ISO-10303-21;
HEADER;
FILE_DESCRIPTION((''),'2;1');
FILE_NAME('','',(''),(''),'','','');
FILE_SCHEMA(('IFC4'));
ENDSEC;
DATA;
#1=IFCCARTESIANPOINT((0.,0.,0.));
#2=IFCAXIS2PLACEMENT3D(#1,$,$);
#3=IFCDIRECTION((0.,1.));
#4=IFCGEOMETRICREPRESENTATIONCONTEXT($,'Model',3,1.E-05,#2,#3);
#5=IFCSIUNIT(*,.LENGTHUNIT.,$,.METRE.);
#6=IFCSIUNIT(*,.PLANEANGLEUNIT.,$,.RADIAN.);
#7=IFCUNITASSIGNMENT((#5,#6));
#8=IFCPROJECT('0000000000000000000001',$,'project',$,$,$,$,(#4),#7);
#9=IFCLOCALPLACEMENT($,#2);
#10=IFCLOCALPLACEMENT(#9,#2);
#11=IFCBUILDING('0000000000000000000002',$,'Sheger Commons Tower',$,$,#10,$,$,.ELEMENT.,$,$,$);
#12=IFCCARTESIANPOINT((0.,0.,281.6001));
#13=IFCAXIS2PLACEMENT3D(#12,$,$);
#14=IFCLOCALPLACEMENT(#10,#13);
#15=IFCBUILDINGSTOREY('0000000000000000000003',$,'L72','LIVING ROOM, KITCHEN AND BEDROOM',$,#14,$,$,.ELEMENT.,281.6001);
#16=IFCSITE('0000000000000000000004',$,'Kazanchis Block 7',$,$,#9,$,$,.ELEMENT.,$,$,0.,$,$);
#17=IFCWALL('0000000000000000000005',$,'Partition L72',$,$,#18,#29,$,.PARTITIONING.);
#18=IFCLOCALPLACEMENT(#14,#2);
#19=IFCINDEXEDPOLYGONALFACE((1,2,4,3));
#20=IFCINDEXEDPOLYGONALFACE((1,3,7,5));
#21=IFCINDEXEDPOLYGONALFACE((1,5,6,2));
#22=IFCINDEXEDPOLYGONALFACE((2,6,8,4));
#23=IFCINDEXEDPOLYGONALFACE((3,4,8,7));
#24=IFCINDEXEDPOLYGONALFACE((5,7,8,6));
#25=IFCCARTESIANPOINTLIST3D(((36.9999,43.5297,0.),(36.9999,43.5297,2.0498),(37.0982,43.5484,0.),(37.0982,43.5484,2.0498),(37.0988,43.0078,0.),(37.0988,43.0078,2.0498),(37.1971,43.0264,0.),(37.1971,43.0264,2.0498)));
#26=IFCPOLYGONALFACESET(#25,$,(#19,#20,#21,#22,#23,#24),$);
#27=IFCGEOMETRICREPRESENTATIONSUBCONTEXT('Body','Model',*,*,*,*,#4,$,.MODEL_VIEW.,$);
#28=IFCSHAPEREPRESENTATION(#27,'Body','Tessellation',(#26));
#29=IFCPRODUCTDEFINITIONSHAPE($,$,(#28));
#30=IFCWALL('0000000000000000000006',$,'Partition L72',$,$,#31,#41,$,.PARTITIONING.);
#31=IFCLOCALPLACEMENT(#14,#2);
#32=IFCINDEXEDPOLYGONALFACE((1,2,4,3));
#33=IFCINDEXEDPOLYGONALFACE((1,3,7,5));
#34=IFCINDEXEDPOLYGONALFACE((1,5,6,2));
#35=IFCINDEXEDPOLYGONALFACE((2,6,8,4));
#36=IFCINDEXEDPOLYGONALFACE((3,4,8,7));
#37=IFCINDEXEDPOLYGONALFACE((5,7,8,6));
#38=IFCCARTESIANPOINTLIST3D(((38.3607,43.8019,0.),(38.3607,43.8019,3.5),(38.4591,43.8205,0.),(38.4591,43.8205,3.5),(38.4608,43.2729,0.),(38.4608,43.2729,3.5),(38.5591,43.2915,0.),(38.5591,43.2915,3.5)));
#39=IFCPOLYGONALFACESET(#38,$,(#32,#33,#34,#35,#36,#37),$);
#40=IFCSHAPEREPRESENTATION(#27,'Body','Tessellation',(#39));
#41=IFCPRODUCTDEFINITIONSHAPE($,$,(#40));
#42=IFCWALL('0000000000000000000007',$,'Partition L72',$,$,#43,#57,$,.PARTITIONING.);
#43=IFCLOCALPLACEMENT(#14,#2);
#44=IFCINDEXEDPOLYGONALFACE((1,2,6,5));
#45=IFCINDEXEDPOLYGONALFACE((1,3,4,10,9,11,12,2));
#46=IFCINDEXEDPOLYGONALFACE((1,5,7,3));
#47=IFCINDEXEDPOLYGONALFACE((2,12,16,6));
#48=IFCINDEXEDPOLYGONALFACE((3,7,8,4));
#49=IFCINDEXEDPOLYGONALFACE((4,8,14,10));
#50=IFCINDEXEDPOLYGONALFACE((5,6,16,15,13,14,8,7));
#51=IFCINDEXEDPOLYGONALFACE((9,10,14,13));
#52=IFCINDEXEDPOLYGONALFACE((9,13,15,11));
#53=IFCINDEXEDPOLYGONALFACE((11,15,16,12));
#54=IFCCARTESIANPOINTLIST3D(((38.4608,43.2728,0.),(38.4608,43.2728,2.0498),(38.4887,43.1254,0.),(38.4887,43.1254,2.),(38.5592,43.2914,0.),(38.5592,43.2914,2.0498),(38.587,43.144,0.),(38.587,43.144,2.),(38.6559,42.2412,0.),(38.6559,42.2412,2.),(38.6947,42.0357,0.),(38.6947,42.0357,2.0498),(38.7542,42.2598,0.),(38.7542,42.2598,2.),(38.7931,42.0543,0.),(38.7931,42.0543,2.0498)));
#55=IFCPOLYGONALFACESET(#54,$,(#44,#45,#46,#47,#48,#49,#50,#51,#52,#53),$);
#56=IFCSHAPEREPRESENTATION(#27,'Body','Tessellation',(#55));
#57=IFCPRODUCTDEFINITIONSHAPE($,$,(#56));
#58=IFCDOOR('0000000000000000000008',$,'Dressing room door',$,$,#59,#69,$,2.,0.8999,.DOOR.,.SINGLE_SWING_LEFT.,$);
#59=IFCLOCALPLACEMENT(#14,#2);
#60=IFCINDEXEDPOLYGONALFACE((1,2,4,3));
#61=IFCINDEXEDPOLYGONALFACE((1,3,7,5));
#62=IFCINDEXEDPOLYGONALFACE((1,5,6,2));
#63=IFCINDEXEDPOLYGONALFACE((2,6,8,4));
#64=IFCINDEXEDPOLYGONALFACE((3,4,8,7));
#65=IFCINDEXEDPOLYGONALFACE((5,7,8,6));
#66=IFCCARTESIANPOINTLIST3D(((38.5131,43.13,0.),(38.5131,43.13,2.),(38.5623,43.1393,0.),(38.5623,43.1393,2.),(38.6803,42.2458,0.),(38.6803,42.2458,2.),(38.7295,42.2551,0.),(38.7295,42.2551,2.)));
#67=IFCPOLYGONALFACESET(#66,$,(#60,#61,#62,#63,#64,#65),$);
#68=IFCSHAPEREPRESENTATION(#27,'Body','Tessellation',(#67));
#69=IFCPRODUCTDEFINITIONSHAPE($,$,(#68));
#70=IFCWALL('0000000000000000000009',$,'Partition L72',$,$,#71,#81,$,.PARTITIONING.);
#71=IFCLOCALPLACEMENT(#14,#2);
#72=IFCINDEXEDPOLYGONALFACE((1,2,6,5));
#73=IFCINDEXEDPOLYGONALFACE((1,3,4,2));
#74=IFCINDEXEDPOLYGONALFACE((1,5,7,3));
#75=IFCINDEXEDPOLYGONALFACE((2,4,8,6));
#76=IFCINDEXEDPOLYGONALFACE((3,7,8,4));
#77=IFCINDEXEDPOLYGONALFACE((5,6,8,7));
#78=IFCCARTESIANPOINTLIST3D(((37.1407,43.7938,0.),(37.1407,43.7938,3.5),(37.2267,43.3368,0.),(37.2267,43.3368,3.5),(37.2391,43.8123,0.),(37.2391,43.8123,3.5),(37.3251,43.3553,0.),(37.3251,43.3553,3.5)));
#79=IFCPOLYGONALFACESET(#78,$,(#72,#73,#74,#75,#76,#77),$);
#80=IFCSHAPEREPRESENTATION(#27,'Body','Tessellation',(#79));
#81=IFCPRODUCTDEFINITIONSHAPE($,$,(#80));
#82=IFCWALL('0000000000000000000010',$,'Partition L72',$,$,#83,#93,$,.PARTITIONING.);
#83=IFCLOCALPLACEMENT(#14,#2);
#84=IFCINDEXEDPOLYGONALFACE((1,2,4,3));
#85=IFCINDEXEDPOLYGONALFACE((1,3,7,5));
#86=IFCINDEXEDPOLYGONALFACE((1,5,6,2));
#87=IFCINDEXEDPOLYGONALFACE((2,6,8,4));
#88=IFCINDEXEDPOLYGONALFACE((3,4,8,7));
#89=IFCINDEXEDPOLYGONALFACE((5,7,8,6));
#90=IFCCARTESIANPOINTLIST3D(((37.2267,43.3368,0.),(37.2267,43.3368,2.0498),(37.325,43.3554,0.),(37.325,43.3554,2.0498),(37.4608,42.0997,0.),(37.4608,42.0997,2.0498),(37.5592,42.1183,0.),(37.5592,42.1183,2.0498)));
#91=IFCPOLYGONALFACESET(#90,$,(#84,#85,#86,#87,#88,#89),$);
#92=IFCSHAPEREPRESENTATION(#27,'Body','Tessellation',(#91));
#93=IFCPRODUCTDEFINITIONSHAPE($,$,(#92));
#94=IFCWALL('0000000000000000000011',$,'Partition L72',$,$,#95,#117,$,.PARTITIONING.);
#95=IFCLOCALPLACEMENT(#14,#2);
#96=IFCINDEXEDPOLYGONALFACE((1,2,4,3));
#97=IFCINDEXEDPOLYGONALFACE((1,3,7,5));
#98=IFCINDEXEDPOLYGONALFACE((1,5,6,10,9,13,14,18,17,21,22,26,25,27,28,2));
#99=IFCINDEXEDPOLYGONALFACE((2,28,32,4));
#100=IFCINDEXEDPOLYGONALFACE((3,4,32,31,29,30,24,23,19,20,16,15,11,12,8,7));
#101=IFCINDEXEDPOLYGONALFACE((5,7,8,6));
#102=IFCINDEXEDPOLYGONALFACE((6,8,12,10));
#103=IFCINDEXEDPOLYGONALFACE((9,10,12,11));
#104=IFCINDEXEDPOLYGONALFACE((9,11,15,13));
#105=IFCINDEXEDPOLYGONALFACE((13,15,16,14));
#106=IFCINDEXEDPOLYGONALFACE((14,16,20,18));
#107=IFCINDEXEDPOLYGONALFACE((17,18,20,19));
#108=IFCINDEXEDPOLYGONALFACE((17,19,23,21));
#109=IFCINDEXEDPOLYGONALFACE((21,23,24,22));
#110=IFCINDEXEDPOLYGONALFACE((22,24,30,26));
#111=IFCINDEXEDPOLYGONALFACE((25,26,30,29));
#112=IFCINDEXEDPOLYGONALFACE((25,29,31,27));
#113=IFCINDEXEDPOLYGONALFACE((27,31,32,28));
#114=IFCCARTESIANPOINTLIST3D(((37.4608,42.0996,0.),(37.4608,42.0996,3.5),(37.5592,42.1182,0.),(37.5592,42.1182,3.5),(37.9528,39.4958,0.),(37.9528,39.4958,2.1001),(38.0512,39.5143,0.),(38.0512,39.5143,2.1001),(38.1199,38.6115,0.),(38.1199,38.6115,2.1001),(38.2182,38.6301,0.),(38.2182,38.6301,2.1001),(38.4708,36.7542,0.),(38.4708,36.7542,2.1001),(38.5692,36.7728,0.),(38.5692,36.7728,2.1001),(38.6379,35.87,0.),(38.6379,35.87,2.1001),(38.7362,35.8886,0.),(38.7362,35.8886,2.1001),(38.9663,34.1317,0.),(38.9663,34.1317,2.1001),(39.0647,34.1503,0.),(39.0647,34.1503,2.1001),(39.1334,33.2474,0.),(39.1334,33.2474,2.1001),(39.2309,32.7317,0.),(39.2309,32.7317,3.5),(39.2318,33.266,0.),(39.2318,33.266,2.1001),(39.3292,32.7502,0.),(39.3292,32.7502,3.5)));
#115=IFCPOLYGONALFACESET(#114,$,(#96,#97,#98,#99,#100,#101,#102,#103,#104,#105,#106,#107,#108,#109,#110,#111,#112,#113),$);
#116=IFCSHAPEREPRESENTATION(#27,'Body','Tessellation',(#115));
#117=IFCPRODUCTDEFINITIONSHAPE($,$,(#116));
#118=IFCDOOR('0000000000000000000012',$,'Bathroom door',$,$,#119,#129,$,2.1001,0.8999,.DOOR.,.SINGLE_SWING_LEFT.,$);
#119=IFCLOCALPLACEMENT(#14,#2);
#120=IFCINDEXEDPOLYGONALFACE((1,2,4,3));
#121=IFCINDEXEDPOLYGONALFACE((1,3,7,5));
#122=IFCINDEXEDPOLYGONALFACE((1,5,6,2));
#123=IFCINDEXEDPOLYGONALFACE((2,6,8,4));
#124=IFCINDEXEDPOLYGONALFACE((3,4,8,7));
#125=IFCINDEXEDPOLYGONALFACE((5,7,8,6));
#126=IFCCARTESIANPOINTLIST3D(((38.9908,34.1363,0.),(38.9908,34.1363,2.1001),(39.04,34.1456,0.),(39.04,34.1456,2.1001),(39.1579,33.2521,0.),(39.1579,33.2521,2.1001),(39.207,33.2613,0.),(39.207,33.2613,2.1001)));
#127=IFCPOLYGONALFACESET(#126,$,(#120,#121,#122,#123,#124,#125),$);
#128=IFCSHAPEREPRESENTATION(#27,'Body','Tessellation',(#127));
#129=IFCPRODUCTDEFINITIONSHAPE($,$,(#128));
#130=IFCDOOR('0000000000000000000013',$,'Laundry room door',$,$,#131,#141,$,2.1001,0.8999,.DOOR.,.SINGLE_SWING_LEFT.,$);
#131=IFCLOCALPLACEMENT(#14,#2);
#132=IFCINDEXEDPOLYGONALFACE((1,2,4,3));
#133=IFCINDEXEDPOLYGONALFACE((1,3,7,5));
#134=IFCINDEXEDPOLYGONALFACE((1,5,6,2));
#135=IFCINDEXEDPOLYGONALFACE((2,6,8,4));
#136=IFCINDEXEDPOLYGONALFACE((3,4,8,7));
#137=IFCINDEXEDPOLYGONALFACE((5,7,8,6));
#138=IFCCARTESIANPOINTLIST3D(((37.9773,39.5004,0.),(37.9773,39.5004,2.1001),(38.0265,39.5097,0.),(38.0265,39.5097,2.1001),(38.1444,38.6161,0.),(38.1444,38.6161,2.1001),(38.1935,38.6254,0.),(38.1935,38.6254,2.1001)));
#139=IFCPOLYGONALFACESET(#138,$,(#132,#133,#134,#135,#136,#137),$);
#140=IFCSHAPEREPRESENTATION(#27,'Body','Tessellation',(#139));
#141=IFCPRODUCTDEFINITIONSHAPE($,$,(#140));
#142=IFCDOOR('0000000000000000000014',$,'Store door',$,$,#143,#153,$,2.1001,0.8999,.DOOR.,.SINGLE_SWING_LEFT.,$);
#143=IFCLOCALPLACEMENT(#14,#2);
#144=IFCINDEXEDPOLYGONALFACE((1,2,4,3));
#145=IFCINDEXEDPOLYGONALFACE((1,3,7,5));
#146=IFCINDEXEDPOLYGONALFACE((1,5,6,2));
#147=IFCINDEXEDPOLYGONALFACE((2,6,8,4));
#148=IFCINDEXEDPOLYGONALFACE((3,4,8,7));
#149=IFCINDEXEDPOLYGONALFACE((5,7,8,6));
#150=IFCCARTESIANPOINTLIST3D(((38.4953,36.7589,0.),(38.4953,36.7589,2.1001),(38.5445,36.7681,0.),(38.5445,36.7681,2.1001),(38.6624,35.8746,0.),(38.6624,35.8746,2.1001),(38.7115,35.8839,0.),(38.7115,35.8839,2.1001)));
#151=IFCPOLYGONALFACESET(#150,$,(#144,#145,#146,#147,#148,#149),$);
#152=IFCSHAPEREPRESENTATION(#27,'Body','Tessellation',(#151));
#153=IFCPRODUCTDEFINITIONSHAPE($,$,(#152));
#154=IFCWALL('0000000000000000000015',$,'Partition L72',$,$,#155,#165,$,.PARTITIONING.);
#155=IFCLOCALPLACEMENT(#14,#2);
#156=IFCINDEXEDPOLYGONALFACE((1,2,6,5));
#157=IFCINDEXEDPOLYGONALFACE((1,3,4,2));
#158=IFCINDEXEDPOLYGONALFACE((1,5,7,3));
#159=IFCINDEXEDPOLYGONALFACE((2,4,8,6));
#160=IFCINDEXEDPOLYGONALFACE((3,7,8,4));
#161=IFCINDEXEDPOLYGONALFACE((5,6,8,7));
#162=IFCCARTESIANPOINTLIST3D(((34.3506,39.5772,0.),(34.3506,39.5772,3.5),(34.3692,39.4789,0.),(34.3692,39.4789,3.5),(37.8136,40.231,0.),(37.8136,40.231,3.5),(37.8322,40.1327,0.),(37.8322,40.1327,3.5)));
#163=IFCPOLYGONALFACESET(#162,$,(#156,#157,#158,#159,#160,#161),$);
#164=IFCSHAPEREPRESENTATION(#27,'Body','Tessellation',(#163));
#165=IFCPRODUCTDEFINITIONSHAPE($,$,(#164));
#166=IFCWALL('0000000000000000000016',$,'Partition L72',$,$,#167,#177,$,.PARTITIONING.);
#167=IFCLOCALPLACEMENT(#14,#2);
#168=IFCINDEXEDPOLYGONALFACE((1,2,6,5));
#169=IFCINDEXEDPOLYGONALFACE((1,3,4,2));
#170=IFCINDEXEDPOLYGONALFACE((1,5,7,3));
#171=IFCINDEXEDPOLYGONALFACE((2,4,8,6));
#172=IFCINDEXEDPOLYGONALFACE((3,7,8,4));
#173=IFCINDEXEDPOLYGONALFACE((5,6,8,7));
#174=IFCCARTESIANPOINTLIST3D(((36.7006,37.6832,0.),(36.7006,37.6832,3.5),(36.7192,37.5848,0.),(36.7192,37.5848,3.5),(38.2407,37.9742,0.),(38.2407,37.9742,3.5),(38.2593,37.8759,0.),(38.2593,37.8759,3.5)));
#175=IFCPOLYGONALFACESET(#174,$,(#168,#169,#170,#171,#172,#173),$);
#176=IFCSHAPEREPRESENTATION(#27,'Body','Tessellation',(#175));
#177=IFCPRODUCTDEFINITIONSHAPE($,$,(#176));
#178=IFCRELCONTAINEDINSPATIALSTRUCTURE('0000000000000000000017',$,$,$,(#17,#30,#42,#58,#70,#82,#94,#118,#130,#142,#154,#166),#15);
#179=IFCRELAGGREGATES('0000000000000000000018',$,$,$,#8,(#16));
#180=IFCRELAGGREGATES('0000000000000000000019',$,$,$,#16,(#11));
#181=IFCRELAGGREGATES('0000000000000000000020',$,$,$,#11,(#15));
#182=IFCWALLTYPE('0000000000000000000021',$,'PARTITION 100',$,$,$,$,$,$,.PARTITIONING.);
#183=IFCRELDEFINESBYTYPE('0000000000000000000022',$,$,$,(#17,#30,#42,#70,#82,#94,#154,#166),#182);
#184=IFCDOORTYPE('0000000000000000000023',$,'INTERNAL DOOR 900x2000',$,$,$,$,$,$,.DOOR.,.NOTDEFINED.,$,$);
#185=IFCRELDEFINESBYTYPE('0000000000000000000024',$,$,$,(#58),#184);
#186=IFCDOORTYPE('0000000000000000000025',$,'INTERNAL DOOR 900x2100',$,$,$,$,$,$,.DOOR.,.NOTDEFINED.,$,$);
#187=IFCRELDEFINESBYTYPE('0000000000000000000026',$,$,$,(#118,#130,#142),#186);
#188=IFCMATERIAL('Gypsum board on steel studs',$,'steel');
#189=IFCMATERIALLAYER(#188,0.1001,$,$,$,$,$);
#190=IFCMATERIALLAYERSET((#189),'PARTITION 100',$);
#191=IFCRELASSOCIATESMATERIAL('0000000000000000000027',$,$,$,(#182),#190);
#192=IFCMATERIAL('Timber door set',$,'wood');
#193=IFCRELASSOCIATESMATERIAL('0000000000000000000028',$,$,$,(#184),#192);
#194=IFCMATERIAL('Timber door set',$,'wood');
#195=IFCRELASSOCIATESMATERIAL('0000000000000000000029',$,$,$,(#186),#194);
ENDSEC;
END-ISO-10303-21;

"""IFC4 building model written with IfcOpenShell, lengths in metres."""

from ifc_helpers import new_model, si_unit, direction, frame, frame_2d, origin, place, context, subcontext, project, spatial, rectangle, extrude, material, layer, layer_set, type_object, element, fill, save


model = new_model("IFC4")

# Units and contexts
model_context = context("Model", 3, precision=1e-05, world=origin(), true_north=direction((0.0, 1.0)))
body_context = subcontext(model_context, "Body", "Model", "MODEL_VIEW")
ifc_project = project(units=[si_unit("LENGTHUNIT", "METRE"), si_unit("PLANEANGLEUNIT", "RADIAN")], contexts=[model_context])

# Site, building, storey
site_placement = place(None, origin())
site = spatial("IfcSite", under=ifc_project, at=site_placement, Name="Kazanchis Block 7", CompositionType="ELEMENT", RefElevation=0.0)
building_placement = place(site_placement, origin())
building = spatial("IfcBuilding", under=site, at=building_placement, Name="Sheger Commons Tower", CompositionType="ELEMENT")
storey_placement = place(building_placement, frame((0.0, 0.0, 281.6001)))
storey = spatial("IfcBuildingStorey", under=building, at=storey_placement, Name="L72", Description="LIVING ROOM, KITCHEN AND BEDROOM", CompositionType="ELEMENT", Elevation=281.6001)

# Walls
ifc_material_1 = material(Name="Gypsum board on steel studs", Category="steel")
ifc_layer_1 = layer(ifc_material_1, 0.1001)
ifc_layer_set_1 = layer_set([ifc_layer_1], Name="PARTITION 100")
wall_type_1 = type_object("IfcWallType", Name="PARTITION 100", PredefinedType="PARTITIONING", material=ifc_layer_set_1)
wall_1_placement = place(storey_placement, frame((37.0491, 43.5391, 0.0), z_axis=(0.0, 0.0, 1.0), x_axis=(0.186119, -0.982527, 0.0)))
element("IfcWall", 1, at=wall_1_placement, inside=storey, type_object=wall_type_1, Name="Partition L72", PredefinedType="PARTITIONING", context=body_context, shape_type="SweptSolid", body=[
    extrude(rectangle(XDim=0.5312, YDim=0.1001, at=frame_2d((0.2656, 0.0))), origin(), (0.0, 0.0, 1.0), 2.0498),
])
wall_2_placement = place(storey_placement, frame((38.4099, 43.811, 0.0), z_axis=(0.0, 0.0, 1.0), x_axis=(0.185903, -0.982568, 0.0)))
element("IfcWall", 2, at=wall_2_placement, inside=storey, type_object=wall_type_1, Name="Partition L72", PredefinedType="PARTITIONING", context=body_context, shape_type="SweptSolid", body=[
    extrude(rectangle(XDim=0.5383, YDim=0.1001, at=frame_2d((0.269, 0.0))), origin(), (0.0, 0.0, 1.0), 3.5),
])

# Wall, opening, door
wall_3_placement = place(storey_placement, frame((38.51, 43.282, 0.0), z_axis=(0.0, 0.0, 1.0), x_axis=(0.185775, -0.982592, 0.0)))
wall_3 = element("IfcWall", 3, at=wall_3_placement, inside=storey, type_object=wall_type_1, Name="Partition L72", PredefinedType="PARTITIONING", context=body_context, shape_type="SweptSolid", body=[
    extrude(rectangle(XDim=1.259, YDim=0.1001, at=frame_2d((0.6294, 0.0))), origin(), (0.0, 0.0, 1.0), 2.0498),
])
opening_1_placement = place(wall_3_placement, frame((0.1499, 0.0, 0.0)))
opening_1 = element("IfcOpeningElement", 4, at=opening_1_placement, cuts=wall_3, PredefinedType="OPENING", context=body_context, shape_type="SweptSolid", body=[
    extrude(rectangle(XDim=0.8999, YDim=2.0, at=frame_2d((0.45, 1.0))), frame((0.0, 0.0601, 0.0), z_axis=(0.0, -1.0, 0.0), x_axis=(1.0, 0.0, 0.0)), (0.0, 0.0, 1.0), 0.1201),
])
ifc_material_2 = material(Name="Timber door set", Category="wood")
door_type_1 = type_object("IfcDoorType", Name="INTERNAL DOOR 900x2000", OperationType="NOTDEFINED", PredefinedType="DOOR", material=ifc_material_2)
door_1_placement = place(opening_1_placement, origin())
door_1 = element("IfcDoor", 5, at=door_1_placement, inside=storey, type_object=door_type_1, Name="Dressing room door", OperationType="SINGLE_SWING_LEFT", OverallHeight=2.0, OverallWidth=0.8999, PredefinedType="DOOR", context=body_context, shape_type="SweptSolid", body=[
    extrude(rectangle(XDim=0.8999, YDim=2.0, at=frame_2d((0.45, 1.0))), frame((0.0, 0.0249, 0.0), z_axis=(0.0, -1.0, 0.0), x_axis=(1.0, 0.0, 0.0)), (0.0, 0.0, 1.0), 0.05),
])
fill(opening_1, door_1)

# Walls
wall_4_placement = place(storey_placement, frame((37.1899, 43.803, 0.0), z_axis=(0.0, 0.0, 1.0), x_axis=(0.184796, -0.982777, 0.0)))
element("IfcWall", 6, at=wall_4_placement, inside=storey, type_object=wall_type_1, Name="Partition L72", PredefinedType="PARTITIONING", context=body_context, shape_type="SweptSolid", body=[
    extrude(rectangle(XDim=0.4651, YDim=0.1001, at=frame_2d((0.2324, 0.0))), origin(), (0.0, 0.0, 1.0), 3.5),
])
wall_5_placement = place(storey_placement, frame((37.2759, 43.3459, 0.0), z_axis=(0.0, 0.0, 1.0), x_axis=(0.185963, -0.982557, 0.0)))
element("IfcWall", 7, at=wall_5_placement, inside=storey, type_object=wall_type_1, Name="Partition L72", PredefinedType="PARTITIONING", context=body_context, shape_type="SweptSolid", body=[
    extrude(rectangle(XDim=1.259, YDim=0.1001, at=frame_2d((0.6294, 0.0))), origin(), (0.0, 0.0, 1.0), 2.0498),
])

# Wall, openings, doors
wall_6_placement = place(storey_placement, frame((37.51, 42.1089, 0.0), z_axis=(0.0, 0.0, 1.0), x_axis=(0.18566, -0.982614, 0.0)))
wall_6 = element("IfcWall", 8, at=wall_6_placement, inside=storey, type_object=wall_type_1, Name="Partition L72", PredefinedType="PARTITIONING", context=body_context, shape_type="SweptSolid", body=[
    extrude(rectangle(XDim=9.5337, YDim=0.1001, at=frame_2d((4.7668, 0.0))), origin(), (0.0, 0.0, 1.0), 3.5),
])
opening_2_placement = place(wall_6_placement, frame((8.1089, 0.0, 0.0)))
opening_2 = element("IfcOpeningElement", 9, at=opening_2_placement, cuts=wall_6, PredefinedType="OPENING", context=body_context, shape_type="SweptSolid", body=[
    extrude(rectangle(XDim=0.8999, YDim=2.1001, at=frame_2d((0.45, 1.05))), frame((0.0, 0.0601, 0.0), z_axis=(0.0, -1.0, 0.0), x_axis=(1.0, 0.0, 0.0)), (0.0, 0.0, 1.0), 0.1201),
])
opening_3_placement = place(wall_6_placement, frame((2.6499, 0.0, 0.0)))
opening_3 = element("IfcOpeningElement", 10, at=opening_3_placement, cuts=wall_6, PredefinedType="OPENING", context=body_context, shape_type="SweptSolid", body=[
    extrude(rectangle(XDim=0.8999, YDim=2.1001, at=frame_2d((0.45, 1.05))), frame((0.0, 0.0601, 0.0), z_axis=(0.0, -1.0, 0.0), x_axis=(1.0, 0.0, 0.0)), (0.0, 0.0, 1.0), 0.1201),
])
opening_4_placement = place(wall_6_placement, frame((5.4399, 0.0, 0.0)))
opening_4 = element("IfcOpeningElement", 11, at=opening_4_placement, cuts=wall_6, PredefinedType="OPENING", context=body_context, shape_type="SweptSolid", body=[
    extrude(rectangle(XDim=0.8999, YDim=2.1001, at=frame_2d((0.45, 1.05))), frame((0.0, 0.0601, 0.0), z_axis=(0.0, -1.0, 0.0), x_axis=(1.0, 0.0, 0.0)), (0.0, 0.0, 1.0), 0.1201),
])
ifc_material_3 = material(Name="Timber door set", Category="wood")
door_type_2 = type_object("IfcDoorType", Name="INTERNAL DOOR 900x2100", OperationType="NOTDEFINED", PredefinedType="DOOR", material=ifc_material_3)
door_2_placement = place(opening_2_placement, origin())
door_2 = element("IfcDoor", 12, at=door_2_placement, inside=storey, type_object=door_type_2, Name="Bathroom door", OperationType="SINGLE_SWING_LEFT", OverallHeight=2.1001, OverallWidth=0.8999, PredefinedType="DOOR", context=body_context, shape_type="SweptSolid", body=[
    extrude(rectangle(XDim=0.8999, YDim=2.1001, at=frame_2d((0.45, 1.05))), frame((0.0, 0.0249, 0.0), z_axis=(0.0, -1.0, 0.0), x_axis=(1.0, 0.0, 0.0)), (0.0, 0.0, 1.0), 0.05),
])
fill(opening_2, door_2)
door_3_placement = place(opening_3_placement, origin())
door_3 = element("IfcDoor", 13, at=door_3_placement, inside=storey, type_object=door_type_2, Name="Laundry room door", OperationType="SINGLE_SWING_LEFT", OverallHeight=2.1001, OverallWidth=0.8999, PredefinedType="DOOR", context=body_context, shape_type="SweptSolid", body=[
    extrude(rectangle(XDim=0.8999, YDim=2.1001, at=frame_2d((0.45, 1.05))), frame((0.0, 0.0249, 0.0), z_axis=(0.0, -1.0, 0.0), x_axis=(1.0, 0.0, 0.0)), (0.0, 0.0, 1.0), 0.05),
])
fill(opening_3, door_3)
door_4_placement = place(opening_4_placement, origin())
door_4 = element("IfcDoor", 14, at=door_4_placement, inside=storey, type_object=door_type_2, Name="Store door", OperationType="SINGLE_SWING_LEFT", OverallHeight=2.1001, OverallWidth=0.8999, PredefinedType="DOOR", context=body_context, shape_type="SweptSolid", body=[
    extrude(rectangle(XDim=0.8999, YDim=2.1001, at=frame_2d((0.45, 1.05))), frame((0.0, 0.0249, 0.0), z_axis=(0.0, -1.0, 0.0), x_axis=(1.0, 0.0, 0.0)), (0.0, 0.0, 1.0), 0.05),
])
fill(opening_4, door_4)

# Walls
wall_7_placement = place(storey_placement, frame((37.823, 40.1819, 0.0), z_axis=(0.0, 0.0, 1.0), x_axis=(-0.982639, -0.185527, 0.0)))
element("IfcWall", 15, at=wall_7_placement, inside=storey, type_object=wall_type_1, Name="Partition L72", PredefinedType="PARTITIONING", context=body_context, shape_type="SweptSolid", body=[
    extrude(rectangle(XDim=3.5242, YDim=0.1001, at=frame_2d((1.7622, 0.0))), origin(), (0.0, 0.0, 1.0), 3.5),
])
wall_8_placement = place(storey_placement, frame((38.25, 37.925, 0.0), z_axis=(0.0, 0.0, 1.0), x_axis=(-0.98261, -0.18568, 0.0)))
element("IfcWall", 16, at=wall_8_placement, inside=storey, type_object=wall_type_1, Name="Partition L72", PredefinedType="PARTITIONING", context=body_context, shape_type="SweptSolid", body=[
    extrude(rectangle(XDim=1.5674, YDim=0.1001, at=frame_2d((0.7837, 0.0))), origin(), (0.0, 0.0, 1.0), 3.5),
])

save(model, "model.ifc")
